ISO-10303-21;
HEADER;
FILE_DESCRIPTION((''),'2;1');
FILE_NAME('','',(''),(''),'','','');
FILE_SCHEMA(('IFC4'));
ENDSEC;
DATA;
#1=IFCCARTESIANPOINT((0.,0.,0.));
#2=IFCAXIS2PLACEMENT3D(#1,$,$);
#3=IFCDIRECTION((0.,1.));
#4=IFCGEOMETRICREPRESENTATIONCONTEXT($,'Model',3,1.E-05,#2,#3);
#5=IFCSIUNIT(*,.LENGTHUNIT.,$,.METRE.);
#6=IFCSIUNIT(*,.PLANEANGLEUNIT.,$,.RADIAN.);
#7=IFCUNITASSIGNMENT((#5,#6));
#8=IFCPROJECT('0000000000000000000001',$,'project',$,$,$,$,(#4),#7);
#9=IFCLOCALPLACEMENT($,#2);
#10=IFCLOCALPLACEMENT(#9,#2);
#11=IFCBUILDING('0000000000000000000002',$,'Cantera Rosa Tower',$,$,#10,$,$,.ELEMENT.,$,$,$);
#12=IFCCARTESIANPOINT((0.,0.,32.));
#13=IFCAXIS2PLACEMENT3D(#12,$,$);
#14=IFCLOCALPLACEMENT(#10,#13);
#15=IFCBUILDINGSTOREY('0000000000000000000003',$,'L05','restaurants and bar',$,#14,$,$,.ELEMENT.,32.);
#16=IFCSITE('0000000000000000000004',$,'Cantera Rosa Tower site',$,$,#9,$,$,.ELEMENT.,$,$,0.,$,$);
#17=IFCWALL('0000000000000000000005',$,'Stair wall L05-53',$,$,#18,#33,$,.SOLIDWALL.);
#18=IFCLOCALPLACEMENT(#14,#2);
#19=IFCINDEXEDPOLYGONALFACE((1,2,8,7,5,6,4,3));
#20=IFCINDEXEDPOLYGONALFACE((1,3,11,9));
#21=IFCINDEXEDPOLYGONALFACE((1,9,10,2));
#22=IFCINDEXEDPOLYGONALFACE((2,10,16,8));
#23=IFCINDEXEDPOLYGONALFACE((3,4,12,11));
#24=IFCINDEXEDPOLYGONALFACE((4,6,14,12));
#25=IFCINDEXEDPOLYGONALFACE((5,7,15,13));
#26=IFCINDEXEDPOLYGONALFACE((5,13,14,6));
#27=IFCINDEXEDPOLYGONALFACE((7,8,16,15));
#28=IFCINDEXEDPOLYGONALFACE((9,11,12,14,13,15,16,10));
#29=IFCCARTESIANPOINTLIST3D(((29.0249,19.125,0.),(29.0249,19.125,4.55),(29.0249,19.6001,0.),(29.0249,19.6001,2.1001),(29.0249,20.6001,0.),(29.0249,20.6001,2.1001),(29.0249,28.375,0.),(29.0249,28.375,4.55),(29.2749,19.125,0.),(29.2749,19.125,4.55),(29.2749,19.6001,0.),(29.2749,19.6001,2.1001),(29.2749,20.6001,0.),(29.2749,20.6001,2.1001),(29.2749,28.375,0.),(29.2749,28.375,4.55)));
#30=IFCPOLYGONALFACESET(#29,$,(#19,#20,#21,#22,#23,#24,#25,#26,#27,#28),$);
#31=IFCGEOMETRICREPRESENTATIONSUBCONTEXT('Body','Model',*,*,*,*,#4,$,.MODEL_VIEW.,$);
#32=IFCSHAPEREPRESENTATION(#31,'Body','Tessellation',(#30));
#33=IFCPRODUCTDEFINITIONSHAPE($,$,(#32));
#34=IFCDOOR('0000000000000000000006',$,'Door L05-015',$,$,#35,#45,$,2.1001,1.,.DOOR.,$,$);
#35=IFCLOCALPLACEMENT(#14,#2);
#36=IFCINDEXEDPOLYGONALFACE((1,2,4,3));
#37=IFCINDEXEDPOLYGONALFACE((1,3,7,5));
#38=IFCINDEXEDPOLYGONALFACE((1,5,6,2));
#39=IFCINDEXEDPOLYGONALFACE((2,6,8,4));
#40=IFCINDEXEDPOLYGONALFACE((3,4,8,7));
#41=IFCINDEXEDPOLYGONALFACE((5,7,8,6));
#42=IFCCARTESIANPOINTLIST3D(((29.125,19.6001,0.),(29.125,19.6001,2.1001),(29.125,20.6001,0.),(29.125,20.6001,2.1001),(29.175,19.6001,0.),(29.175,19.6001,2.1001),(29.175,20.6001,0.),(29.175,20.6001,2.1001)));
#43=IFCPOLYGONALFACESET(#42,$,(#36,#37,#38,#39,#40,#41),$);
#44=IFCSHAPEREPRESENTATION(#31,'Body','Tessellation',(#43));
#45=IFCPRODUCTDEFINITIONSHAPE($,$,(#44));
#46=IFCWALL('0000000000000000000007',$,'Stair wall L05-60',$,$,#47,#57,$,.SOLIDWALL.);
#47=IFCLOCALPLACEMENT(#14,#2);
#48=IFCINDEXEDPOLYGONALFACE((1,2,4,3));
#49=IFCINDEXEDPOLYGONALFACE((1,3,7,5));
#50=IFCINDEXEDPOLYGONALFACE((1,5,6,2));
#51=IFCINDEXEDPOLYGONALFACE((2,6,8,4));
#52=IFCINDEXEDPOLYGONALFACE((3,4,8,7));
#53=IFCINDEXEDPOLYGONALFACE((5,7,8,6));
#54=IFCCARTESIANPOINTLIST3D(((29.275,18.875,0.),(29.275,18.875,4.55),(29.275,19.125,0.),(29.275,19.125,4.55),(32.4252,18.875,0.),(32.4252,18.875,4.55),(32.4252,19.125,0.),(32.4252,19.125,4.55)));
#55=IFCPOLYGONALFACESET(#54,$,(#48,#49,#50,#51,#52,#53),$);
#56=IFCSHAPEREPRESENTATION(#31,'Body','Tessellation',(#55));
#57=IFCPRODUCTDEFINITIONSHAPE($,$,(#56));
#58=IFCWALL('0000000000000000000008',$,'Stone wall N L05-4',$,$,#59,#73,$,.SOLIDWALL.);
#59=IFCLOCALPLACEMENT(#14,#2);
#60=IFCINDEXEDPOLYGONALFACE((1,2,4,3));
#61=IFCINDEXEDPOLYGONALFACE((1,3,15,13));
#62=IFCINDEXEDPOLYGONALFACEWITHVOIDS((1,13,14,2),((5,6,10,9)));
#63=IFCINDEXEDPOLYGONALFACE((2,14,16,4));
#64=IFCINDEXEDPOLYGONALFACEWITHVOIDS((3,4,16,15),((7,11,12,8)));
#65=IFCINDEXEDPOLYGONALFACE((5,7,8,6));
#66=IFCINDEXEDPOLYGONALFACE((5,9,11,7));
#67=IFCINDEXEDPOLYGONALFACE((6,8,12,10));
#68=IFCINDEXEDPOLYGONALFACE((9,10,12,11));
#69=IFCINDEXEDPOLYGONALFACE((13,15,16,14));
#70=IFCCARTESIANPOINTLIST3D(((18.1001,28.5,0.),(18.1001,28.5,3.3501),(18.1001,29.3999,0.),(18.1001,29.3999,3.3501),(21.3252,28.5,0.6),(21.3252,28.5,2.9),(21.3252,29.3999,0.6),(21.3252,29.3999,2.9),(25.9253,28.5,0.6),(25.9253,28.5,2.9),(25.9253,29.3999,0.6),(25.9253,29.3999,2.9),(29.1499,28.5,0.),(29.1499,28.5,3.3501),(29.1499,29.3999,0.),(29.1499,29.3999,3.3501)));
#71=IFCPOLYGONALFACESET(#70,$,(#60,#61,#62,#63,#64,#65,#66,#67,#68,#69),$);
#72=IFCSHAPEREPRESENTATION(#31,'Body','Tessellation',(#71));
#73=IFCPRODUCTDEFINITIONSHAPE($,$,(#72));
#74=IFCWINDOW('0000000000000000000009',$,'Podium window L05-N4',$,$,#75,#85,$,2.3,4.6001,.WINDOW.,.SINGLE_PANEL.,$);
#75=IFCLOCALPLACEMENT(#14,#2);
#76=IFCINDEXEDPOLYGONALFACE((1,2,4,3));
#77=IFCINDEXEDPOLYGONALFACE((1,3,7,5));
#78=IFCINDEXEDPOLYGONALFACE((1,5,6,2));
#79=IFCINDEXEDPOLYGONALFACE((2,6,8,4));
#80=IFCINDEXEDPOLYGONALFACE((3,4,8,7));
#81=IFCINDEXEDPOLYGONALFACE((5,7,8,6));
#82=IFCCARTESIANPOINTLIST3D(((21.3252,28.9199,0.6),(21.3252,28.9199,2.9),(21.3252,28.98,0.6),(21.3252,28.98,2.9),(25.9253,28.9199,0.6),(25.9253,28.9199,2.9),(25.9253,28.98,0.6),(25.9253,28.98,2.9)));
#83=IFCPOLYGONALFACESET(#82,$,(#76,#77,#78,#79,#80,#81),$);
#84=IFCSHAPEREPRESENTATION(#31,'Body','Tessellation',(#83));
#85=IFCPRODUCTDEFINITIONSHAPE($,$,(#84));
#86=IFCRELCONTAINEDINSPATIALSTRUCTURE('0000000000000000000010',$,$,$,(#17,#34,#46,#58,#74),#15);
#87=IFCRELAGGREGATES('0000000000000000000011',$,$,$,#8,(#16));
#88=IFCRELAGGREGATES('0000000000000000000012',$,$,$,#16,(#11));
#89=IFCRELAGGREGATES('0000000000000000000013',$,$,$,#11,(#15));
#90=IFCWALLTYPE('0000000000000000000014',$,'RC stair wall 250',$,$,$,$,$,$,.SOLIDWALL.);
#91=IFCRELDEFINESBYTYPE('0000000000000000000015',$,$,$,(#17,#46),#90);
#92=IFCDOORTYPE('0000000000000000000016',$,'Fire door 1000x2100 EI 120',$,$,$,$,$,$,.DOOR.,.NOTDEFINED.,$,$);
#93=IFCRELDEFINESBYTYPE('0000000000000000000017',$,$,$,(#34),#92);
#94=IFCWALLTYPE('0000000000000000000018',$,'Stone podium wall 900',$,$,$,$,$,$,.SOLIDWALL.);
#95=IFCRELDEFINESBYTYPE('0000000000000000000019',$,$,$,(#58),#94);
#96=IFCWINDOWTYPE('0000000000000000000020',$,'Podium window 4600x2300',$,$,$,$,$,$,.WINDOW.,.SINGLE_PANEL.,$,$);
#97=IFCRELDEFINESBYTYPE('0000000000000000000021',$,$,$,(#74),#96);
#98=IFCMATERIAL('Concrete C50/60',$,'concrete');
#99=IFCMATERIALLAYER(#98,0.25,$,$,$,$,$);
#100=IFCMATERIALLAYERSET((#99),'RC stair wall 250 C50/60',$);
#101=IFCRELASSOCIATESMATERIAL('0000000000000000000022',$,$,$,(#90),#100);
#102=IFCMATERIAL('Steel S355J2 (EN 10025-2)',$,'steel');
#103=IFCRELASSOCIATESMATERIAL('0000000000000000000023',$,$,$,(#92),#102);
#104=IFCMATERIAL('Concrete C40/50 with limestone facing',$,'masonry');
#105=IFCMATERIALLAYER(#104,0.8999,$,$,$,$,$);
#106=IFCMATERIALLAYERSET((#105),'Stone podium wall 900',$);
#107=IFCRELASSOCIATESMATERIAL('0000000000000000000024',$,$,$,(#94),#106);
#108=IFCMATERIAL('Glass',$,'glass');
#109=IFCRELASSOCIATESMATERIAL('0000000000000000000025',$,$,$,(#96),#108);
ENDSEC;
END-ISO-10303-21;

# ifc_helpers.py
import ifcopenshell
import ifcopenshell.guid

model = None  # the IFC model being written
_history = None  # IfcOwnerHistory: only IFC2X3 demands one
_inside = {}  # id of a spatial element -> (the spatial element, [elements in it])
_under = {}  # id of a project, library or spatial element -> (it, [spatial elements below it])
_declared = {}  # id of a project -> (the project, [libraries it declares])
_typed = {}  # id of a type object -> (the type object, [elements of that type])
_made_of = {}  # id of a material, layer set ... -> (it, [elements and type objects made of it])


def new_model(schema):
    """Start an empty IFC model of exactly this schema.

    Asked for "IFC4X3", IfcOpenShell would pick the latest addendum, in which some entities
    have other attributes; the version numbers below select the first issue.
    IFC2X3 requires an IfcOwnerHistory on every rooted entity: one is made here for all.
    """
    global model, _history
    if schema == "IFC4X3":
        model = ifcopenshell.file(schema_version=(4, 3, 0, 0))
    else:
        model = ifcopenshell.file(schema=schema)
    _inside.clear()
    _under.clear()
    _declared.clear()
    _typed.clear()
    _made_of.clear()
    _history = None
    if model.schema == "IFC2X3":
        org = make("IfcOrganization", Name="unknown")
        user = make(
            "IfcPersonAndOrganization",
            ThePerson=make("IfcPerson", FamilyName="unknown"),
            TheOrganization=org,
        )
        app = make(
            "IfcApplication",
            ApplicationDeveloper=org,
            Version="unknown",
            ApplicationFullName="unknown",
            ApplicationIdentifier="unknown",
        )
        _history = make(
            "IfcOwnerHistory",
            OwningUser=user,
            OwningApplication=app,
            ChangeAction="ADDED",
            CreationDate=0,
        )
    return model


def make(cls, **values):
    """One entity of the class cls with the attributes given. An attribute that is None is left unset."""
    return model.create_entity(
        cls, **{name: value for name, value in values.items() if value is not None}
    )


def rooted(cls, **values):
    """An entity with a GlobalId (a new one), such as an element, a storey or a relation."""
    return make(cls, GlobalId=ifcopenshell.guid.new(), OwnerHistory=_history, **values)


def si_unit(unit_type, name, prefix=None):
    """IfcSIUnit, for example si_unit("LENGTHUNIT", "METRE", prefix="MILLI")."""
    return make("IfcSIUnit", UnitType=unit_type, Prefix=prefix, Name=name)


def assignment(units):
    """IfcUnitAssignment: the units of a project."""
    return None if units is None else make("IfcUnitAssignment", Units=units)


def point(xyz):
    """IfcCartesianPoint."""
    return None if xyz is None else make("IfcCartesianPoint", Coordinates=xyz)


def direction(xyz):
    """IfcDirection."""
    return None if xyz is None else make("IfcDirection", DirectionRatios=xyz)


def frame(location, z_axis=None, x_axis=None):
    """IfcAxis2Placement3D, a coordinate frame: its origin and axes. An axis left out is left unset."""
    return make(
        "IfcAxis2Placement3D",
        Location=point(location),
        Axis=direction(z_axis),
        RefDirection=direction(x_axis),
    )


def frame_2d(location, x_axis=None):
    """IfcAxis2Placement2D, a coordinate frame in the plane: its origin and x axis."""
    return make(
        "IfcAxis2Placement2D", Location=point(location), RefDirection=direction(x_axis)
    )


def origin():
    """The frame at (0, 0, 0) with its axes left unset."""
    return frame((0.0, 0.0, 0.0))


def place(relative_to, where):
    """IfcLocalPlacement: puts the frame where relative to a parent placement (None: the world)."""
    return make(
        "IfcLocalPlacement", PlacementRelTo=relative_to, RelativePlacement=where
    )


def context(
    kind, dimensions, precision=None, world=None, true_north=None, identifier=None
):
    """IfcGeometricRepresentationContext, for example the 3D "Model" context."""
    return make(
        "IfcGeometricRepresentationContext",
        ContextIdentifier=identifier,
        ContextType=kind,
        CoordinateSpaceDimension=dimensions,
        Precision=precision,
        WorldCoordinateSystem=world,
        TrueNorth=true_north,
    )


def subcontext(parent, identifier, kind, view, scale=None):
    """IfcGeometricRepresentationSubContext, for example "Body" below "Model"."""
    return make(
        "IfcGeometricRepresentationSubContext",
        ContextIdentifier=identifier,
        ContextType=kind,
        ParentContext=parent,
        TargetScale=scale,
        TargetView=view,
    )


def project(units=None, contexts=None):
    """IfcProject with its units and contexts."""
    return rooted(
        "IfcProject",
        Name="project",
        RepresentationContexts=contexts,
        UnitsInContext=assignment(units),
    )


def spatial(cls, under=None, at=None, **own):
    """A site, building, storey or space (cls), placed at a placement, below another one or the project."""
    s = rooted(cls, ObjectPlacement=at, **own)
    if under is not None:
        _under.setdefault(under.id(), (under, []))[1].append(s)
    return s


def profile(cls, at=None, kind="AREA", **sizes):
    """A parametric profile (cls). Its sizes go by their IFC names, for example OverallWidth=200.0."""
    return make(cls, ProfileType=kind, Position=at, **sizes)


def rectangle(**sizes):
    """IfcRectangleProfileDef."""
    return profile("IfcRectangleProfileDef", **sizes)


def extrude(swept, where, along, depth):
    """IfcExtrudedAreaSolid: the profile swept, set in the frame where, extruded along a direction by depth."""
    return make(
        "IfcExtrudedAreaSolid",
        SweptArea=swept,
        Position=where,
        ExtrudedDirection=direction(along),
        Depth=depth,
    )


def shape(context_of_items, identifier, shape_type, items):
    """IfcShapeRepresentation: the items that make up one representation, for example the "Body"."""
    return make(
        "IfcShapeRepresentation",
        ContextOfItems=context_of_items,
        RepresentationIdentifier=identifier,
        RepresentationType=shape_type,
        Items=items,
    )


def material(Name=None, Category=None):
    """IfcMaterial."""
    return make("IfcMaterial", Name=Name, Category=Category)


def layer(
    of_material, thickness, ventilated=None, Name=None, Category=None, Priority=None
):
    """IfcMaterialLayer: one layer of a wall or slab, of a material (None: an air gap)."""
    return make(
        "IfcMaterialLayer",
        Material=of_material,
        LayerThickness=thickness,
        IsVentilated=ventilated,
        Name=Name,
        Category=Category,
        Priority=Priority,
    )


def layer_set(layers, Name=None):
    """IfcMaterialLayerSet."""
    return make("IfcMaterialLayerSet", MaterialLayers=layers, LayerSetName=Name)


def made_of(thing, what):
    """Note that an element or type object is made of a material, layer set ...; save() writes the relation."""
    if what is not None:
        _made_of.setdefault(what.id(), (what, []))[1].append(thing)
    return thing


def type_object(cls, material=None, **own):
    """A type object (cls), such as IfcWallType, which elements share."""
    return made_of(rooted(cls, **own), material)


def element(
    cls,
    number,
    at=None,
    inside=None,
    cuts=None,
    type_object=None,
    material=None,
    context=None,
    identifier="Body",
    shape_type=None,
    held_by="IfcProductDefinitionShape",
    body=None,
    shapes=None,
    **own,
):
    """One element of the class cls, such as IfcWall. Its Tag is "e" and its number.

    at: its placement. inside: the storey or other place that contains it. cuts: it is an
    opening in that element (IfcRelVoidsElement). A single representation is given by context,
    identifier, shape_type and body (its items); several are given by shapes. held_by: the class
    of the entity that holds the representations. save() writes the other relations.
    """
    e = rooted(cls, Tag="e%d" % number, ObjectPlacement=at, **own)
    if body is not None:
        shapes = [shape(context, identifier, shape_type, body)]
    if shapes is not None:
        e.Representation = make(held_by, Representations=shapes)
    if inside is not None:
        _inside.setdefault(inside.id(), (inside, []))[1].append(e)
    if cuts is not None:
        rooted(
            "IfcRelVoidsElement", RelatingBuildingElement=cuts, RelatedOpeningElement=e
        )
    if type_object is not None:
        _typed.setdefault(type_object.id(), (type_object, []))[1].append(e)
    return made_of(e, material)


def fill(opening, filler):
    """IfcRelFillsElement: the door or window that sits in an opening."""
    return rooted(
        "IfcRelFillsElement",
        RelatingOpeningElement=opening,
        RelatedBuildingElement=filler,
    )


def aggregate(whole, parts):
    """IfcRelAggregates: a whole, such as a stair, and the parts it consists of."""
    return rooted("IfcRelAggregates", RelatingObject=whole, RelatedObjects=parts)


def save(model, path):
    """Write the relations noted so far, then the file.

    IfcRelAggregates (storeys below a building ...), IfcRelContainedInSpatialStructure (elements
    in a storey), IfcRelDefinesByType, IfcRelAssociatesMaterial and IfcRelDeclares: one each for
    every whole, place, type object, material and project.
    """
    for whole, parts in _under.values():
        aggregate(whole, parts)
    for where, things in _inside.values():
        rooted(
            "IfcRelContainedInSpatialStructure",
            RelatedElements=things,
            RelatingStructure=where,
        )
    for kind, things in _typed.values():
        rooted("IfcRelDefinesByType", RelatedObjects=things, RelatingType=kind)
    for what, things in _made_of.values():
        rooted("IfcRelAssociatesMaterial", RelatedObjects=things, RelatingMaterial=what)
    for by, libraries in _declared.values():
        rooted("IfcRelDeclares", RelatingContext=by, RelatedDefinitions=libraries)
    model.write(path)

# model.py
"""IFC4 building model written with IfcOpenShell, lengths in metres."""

from ifc_helpers import new_model, si_unit, direction, frame, frame_2d, origin, place, context, subcontext, project, spatial, rectangle, extrude, material, layer, layer_set, type_object, element, fill, save


model = new_model("IFC4")

# Units and contexts
model_context = context("Model", 3, precision=1e-05, world=origin(), true_north=direction((0.0, 1.0)))
body_context = subcontext(model_context, "Body", "Model", "MODEL_VIEW")
ifc_project = project(units=[si_unit("LENGTHUNIT", "METRE"), si_unit("PLANEANGLEUNIT", "RADIAN")], contexts=[model_context])

# Site, building, storey
site_placement = place(None, origin())
site = spatial("IfcSite", under=ifc_project, at=site_placement, Name="Cantera Rosa Tower site", CompositionType="ELEMENT", RefElevation=0.0)
building_placement = place(site_placement, origin())
building = spatial("IfcBuilding", under=site, at=building_placement, Name="Cantera Rosa Tower", CompositionType="ELEMENT")
storey_placement = place(building_placement, frame((0.0, 0.0, 32.0)))
storey = spatial("IfcBuildingStorey", under=building, at=storey_placement, Name="L05", Description="restaurants and bar", CompositionType="ELEMENT", Elevation=32.0)

# Shared definitions
ifc_material_1 = material(Name="Concrete C50/60", Category="concrete")
ifc_layer_1 = layer(ifc_material_1, 0.25)
ifc_layer_set_1 = layer_set([ifc_layer_1], Name="RC stair wall 250 C50/60")
wall_type_1 = type_object("IfcWallType", Name="RC stair wall 250", PredefinedType="SOLIDWALL", material=ifc_layer_set_1)

# Wall, opening, door
wall_1_placement = place(storey_placement, frame((29.1499, 19.125, 0.0), z_axis=(0.0, 0.0, 1.0), x_axis=(0.0, 1.0, 0.0)))
wall_1 = element("IfcWall", 1, at=wall_1_placement, inside=storey, type_object=wall_type_1, Name="Stair wall L05-53", PredefinedType="SOLIDWALL", context=body_context, shape_type="SweptSolid", body=[
    extrude(rectangle(XDim=9.25, YDim=0.25, at=frame_2d((4.625, 0.0))), origin(), (0.0, 0.0, 1.0), 4.55),
])
opening_1_placement = place(wall_1_placement, frame((0.4751, 0.0, 0.0)))
opening_1 = element("IfcOpeningElement", 2, at=opening_1_placement, cuts=wall_1, PredefinedType="OPENING", context=body_context, shape_type="SweptSolid", body=[
    extrude(rectangle(XDim=1.0, YDim=2.1001, at=frame_2d((0.5, 1.05))), frame((0.0, 0.135, 0.0), z_axis=(0.0, -1.0, 0.0), x_axis=(1.0, 0.0, 0.0)), (0.0, 0.0, 1.0), 0.27),
])
ifc_material_2 = material(Name="Steel S355J2 (EN 10025-2)", Category="steel")
door_type_1 = type_object("IfcDoorType", Name="Fire door 1000x2100 EI 120", OperationType="NOTDEFINED", PredefinedType="DOOR", material=ifc_material_2)
door_1_placement = place(opening_1_placement, origin())
door_1 = element("IfcDoor", 3, at=door_1_placement, inside=storey, type_object=door_type_1, Name="Door L05-015", OverallHeight=2.1001, OverallWidth=1.0, PredefinedType="DOOR", context=body_context, shape_type="SweptSolid", body=[
    extrude(rectangle(XDim=1.0, YDim=2.1001, at=frame_2d((0.5, 1.05))), frame((0.0, 0.0249, 0.0), z_axis=(0.0, -1.0, 0.0), x_axis=(1.0, 0.0, 0.0)), (0.0, 0.0, 1.0), 0.05),
])
fill(opening_1, door_1)

# Wall
wall_2_placement = place(storey_placement, frame((29.2749, 19.0, 0.0), z_axis=(0.0, 0.0, 1.0), x_axis=(1.0, 0.0, 0.0)))
element("IfcWall", 4, at=wall_2_placement, inside=storey, type_object=wall_type_1, Name="Stair wall L05-60", PredefinedType="SOLIDWALL", context=body_context, shape_type="SweptSolid", body=[
    extrude(rectangle(XDim=3.1501, YDim=0.25, at=frame_2d((1.5752, 0.0))), origin(), (0.0, 0.0, 1.0), 4.55),
])

# Wall, opening, window
ifc_material_3 = material(Name="Concrete C40/50 with limestone facing", Category="masonry")
ifc_layer_2 = layer(ifc_material_3, 0.8999)
ifc_layer_set_2 = layer_set([ifc_layer_2], Name="Stone podium wall 900")
wall_type_2 = type_object("IfcWallType", Name="Stone podium wall 900", PredefinedType="SOLIDWALL", material=ifc_layer_set_2)
wall_3_placement = place(storey_placement, frame((18.1001, 28.95, 0.0), z_axis=(0.0, 0.0, 1.0), x_axis=(1.0, 0.0, 0.0)))
wall_3 = element("IfcWall", 5, at=wall_3_placement, inside=storey, type_object=wall_type_2, Name="Stone wall N L05-4", PredefinedType="SOLIDWALL", context=body_context, shape_type="SweptSolid", body=[
    extrude(rectangle(XDim=11.0498, YDim=0.8999, at=frame_2d((5.5249, 0.0))), origin(), (0.0, 0.0, 1.0), 3.3501),
])
opening_2_placement = place(wall_3_placement, frame((3.2251, 0.0, 0.6001)))
opening_2 = element("IfcOpeningElement", 6, at=opening_2_placement, cuts=wall_3, PredefinedType="OPENING", context=body_context, shape_type="SweptSolid", body=[
    extrude(rectangle(XDim=4.6001, YDim=2.3, at=frame_2d((2.3, 1.1499))), frame((0.0, 0.46, 0.0), z_axis=(0.0, -1.0, 0.0), x_axis=(1.0, 0.0, 0.0)), (0.0, 0.0, 1.0), 0.9199),
])
ifc_material_4 = material(Name="Glass", Category="glass")
window_type = type_object("IfcWindowType", Name="Podium window 4600x2300", PartitioningType="SINGLE_PANEL", PredefinedType="WINDOW", material=ifc_material_4)
window_placement = place(opening_2_placement, origin())
window = element("IfcWindow", 7, at=window_placement, inside=storey, type_object=window_type, Name="Podium window L05-N4", OverallHeight=2.3, OverallWidth=4.6001, PartitioningType="SINGLE_PANEL", PredefinedType="WINDOW", context=body_context, shape_type="SweptSolid", body=[
    extrude(rectangle(XDim=4.6001, YDim=2.3, at=frame_2d((2.3, 1.1499))), frame((0.0, 0.03, 0.0), z_axis=(0.0, -1.0, 0.0), x_axis=(1.0, 0.0, 0.0)), (0.0, 0.0, 1.0), 0.0601),
])
fill(opening_2, window)

save(model, "model.ifc")
